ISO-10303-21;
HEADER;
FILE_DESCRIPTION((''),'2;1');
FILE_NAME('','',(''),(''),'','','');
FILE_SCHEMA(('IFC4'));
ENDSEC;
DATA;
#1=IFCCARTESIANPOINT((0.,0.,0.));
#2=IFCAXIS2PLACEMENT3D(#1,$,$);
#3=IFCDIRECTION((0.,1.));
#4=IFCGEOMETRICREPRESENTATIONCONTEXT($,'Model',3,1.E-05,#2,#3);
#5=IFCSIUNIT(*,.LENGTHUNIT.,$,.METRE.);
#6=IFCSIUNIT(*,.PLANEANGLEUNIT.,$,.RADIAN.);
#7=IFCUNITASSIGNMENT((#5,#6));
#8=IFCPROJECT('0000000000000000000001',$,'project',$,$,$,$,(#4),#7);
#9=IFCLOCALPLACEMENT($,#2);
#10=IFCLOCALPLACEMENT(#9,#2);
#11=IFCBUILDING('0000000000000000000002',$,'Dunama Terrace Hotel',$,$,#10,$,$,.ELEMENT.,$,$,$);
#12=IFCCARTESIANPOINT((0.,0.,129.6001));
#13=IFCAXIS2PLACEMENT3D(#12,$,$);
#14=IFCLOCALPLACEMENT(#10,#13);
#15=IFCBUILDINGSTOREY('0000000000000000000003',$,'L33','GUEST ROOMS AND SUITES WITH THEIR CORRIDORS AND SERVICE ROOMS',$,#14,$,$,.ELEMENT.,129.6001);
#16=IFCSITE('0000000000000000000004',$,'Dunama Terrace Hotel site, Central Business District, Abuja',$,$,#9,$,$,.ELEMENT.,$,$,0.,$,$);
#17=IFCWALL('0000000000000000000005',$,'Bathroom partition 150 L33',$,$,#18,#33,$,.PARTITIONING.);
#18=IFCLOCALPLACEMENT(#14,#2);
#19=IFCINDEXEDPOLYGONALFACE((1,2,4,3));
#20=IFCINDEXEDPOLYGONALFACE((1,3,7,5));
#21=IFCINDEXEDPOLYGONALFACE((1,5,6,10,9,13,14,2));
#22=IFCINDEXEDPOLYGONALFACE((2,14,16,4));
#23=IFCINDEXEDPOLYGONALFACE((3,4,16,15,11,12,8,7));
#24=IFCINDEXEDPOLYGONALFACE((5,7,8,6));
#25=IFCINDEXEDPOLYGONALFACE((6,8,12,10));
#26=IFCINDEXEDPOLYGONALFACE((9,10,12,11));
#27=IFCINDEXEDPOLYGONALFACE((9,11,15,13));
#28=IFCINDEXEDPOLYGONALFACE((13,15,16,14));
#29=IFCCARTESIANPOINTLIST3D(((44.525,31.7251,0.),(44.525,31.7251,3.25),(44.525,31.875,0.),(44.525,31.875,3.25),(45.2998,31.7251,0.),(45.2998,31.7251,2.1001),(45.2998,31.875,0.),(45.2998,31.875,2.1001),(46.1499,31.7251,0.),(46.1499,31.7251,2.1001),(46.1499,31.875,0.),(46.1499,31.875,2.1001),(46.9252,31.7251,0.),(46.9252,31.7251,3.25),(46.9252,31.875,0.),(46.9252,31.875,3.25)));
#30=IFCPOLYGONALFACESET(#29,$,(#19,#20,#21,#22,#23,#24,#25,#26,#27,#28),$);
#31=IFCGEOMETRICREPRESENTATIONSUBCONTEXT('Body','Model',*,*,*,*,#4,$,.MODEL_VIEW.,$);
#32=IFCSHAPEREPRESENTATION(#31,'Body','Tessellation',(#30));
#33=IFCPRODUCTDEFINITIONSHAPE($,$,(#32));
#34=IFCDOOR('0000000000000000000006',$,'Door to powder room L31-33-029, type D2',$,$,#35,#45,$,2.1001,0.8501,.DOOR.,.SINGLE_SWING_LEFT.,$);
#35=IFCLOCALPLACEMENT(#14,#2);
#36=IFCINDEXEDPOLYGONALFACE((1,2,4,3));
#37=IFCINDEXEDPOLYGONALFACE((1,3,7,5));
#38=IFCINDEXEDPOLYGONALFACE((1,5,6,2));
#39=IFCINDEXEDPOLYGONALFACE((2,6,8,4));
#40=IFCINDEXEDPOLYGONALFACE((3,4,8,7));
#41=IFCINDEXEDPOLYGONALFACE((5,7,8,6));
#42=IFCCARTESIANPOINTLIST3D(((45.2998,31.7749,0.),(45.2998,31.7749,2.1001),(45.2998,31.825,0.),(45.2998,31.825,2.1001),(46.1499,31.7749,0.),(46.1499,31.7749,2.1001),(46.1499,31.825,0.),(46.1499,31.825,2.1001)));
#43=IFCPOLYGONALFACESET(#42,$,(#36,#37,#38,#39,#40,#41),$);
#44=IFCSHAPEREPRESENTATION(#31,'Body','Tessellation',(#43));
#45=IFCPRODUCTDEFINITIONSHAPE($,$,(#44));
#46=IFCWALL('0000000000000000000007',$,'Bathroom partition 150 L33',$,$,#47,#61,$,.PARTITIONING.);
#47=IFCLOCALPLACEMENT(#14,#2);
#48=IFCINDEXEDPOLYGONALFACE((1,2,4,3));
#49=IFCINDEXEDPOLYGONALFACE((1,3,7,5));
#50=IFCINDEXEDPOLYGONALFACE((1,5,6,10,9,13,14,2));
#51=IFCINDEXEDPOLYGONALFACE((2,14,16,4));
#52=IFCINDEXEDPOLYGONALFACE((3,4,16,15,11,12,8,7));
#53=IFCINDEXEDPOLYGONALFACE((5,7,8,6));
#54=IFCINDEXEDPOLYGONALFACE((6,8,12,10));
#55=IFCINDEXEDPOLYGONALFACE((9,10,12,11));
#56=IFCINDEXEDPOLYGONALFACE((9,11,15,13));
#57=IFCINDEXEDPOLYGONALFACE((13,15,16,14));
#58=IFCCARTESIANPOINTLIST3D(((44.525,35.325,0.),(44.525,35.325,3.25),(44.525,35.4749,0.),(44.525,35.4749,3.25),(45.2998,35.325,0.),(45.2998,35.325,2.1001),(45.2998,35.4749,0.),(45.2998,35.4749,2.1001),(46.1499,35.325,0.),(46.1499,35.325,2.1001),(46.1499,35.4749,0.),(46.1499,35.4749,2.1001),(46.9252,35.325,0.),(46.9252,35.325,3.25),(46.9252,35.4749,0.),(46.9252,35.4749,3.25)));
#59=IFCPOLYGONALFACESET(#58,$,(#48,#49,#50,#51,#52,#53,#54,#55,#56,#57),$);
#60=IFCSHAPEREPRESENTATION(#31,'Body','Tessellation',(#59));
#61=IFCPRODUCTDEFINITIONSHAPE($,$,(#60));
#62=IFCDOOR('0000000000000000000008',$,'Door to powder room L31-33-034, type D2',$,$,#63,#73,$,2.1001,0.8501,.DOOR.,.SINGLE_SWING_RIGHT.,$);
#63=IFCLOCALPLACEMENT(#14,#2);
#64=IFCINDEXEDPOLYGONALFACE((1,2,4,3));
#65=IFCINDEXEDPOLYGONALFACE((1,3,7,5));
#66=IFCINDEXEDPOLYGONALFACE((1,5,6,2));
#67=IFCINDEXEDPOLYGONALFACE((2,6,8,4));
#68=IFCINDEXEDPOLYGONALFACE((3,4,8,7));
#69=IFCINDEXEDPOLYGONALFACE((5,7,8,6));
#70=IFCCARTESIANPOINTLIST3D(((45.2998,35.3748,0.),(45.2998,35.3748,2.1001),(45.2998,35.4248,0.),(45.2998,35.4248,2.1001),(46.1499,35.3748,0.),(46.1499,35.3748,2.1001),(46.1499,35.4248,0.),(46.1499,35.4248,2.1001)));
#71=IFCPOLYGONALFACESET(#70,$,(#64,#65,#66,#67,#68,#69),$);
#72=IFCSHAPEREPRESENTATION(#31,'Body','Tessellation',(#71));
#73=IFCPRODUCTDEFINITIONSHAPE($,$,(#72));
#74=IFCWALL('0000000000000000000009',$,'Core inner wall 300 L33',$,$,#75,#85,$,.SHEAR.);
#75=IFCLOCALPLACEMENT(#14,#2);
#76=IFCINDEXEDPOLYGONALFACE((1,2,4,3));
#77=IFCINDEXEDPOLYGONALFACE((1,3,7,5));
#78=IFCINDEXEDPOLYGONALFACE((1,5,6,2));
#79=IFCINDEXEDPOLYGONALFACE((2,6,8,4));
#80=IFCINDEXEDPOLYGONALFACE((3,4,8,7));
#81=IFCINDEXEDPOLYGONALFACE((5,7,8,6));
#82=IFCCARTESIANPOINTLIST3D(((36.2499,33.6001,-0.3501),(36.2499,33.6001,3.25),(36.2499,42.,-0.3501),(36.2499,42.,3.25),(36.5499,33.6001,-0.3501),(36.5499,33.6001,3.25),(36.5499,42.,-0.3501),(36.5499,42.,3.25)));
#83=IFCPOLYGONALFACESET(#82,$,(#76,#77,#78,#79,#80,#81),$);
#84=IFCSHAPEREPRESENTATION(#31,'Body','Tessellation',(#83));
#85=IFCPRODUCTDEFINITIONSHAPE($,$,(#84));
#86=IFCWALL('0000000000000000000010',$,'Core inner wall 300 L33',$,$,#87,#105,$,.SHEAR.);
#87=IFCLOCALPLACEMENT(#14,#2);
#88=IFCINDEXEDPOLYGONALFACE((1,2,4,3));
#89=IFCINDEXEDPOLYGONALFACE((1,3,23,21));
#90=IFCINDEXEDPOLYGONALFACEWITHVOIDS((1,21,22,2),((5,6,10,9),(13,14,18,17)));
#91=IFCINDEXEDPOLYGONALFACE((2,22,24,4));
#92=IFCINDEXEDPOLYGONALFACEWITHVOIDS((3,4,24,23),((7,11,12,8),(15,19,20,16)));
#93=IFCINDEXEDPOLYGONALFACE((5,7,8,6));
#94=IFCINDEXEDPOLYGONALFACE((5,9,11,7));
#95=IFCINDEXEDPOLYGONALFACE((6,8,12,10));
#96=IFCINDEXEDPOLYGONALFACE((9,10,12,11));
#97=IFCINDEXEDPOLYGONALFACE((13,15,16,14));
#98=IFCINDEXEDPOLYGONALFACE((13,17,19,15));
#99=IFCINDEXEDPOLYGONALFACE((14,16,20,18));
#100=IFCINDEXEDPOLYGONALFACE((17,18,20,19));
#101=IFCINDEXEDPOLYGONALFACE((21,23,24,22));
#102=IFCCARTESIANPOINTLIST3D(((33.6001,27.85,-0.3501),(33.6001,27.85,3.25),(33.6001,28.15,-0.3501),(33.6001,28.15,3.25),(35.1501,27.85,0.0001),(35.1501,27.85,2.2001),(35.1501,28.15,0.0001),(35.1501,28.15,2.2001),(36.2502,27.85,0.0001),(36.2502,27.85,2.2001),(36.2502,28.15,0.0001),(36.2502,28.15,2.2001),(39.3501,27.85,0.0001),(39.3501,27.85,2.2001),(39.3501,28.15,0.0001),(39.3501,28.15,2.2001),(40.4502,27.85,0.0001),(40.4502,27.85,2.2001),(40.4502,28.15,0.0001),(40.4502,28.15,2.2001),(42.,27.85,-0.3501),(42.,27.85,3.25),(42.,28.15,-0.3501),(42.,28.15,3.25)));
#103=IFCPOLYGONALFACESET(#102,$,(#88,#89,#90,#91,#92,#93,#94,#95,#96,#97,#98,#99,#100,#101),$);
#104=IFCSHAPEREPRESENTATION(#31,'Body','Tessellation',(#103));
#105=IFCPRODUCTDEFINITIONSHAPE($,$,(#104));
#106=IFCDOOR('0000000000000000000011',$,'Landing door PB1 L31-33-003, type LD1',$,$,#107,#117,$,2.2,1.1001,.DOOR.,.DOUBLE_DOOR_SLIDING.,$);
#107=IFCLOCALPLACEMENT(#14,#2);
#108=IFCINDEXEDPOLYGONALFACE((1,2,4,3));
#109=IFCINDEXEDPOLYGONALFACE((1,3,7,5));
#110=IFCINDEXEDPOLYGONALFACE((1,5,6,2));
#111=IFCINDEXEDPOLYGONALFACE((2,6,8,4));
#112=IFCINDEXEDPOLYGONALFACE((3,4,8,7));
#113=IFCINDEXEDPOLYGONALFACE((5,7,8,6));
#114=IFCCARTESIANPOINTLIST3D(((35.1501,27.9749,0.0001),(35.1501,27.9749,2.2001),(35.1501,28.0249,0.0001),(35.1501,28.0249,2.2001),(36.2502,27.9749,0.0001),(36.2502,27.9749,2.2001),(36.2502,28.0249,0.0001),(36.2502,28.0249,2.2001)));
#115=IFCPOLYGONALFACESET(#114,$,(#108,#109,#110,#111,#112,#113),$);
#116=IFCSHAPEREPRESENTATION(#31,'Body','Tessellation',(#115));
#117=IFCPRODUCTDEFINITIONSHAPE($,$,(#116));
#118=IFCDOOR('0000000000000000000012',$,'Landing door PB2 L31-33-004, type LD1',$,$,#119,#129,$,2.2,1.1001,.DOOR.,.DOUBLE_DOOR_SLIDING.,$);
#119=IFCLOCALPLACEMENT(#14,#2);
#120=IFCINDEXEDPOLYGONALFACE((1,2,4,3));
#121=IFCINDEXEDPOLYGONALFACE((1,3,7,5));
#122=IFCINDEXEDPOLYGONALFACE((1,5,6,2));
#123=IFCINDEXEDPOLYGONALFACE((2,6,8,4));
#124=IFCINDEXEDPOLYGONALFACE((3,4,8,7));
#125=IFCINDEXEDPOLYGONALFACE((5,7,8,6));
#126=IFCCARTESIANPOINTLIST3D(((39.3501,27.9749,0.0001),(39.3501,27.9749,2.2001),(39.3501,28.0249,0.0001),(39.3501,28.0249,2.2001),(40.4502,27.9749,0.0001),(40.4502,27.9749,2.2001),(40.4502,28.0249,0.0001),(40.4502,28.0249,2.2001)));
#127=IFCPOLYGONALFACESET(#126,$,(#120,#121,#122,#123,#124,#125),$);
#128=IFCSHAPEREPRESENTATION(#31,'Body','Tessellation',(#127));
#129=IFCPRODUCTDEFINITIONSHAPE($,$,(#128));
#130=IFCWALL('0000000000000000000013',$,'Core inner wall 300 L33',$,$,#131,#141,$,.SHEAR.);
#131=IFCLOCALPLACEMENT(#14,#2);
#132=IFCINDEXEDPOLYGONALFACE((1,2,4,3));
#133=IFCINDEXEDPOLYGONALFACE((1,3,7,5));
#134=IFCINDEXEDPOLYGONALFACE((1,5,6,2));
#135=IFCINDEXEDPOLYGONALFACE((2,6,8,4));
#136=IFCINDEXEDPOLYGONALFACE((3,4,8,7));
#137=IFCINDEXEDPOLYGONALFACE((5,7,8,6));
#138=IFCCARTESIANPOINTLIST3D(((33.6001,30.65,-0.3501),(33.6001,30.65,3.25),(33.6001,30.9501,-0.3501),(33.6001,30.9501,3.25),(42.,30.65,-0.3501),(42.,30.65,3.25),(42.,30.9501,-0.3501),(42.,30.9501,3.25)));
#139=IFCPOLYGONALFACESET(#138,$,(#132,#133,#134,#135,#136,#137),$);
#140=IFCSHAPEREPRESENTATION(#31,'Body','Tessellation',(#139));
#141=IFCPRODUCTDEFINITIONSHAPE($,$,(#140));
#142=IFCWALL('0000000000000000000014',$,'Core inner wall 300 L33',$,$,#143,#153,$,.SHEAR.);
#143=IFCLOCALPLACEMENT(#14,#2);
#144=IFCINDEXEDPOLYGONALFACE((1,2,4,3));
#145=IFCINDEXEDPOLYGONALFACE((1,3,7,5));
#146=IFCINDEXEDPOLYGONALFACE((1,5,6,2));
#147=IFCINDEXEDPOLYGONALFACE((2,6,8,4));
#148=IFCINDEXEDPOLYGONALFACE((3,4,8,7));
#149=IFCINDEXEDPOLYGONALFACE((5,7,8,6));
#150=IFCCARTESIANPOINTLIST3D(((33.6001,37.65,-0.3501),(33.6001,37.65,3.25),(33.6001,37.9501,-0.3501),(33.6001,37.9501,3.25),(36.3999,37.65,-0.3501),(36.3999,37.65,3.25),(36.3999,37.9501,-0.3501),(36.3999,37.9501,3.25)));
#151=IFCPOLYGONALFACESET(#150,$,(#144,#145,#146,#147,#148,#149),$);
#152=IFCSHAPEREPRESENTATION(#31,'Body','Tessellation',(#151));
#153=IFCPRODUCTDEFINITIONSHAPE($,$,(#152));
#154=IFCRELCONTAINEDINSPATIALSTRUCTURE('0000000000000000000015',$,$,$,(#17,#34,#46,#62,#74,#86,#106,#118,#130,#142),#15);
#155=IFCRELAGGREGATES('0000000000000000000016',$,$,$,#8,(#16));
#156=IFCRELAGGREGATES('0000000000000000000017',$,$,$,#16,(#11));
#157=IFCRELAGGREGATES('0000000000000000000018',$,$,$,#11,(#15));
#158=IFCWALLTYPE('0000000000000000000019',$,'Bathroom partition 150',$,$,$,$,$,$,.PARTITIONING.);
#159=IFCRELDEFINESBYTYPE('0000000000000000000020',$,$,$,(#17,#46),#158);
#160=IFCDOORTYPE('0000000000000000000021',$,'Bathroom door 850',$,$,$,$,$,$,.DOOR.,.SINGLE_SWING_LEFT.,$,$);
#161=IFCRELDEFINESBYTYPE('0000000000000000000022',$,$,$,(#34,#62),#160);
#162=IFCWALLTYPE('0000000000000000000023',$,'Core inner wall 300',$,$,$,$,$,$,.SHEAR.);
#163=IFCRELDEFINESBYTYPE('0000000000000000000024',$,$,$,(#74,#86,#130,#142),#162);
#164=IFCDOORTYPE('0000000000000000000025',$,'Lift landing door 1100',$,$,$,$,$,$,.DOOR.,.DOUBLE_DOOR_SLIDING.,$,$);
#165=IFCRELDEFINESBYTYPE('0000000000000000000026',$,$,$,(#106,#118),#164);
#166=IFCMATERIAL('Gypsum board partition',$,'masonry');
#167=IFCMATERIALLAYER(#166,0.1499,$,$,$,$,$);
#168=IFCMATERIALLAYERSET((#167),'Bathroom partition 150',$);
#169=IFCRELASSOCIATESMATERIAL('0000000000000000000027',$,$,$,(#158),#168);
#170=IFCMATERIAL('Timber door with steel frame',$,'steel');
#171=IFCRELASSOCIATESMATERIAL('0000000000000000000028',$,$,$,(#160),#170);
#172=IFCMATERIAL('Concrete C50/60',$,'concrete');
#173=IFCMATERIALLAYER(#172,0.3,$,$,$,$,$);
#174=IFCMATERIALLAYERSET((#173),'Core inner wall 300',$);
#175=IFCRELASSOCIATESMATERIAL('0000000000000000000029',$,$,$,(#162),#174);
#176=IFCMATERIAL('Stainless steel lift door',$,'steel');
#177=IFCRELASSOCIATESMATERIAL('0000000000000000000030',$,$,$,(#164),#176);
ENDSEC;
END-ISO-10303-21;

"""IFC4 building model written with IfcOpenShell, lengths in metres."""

from ifc_helpers import new_model, si_unit, direction, frame, frame_2d, origin, place, context, subcontext, project, spatial, rectangle, extrude, material, layer, layer_set, type_object, element, fill, save


model = new_model("IFC4")

# Units and contexts
model_context = context("Model", 3, precision=1e-05, world=origin(), true_north=direction((0.0, 1.0)))
body_context = subcontext(model_context, "Body", "Model", "MODEL_VIEW")
ifc_project = project(units=[si_unit("LENGTHUNIT", "METRE"), si_unit("PLANEANGLEUNIT", "RADIAN")], contexts=[model_context])

# Site, building, storey
site_placement = place(None, origin())
site = spatial("IfcSite", under=ifc_project, at=site_placement, Name="Dunama Terrace Hotel site, Central Business District, Abuja", CompositionType="ELEMENT", RefElevation=0.0)
building_placement = place(site_placement, origin())
building = spatial("IfcBuilding", under=site, at=building_placement, Name="Dunama Terrace Hotel", CompositionType="ELEMENT")
storey_placement = place(building_placement, frame((0.0, 0.0, 129.6001)))
storey = spatial("IfcBuildingStorey", under=building, at=storey_placement, Name="L33", Description="GUEST ROOMS AND SUITES WITH THEIR CORRIDORS AND SERVICE ROOMS", CompositionType="ELEMENT", Elevation=129.6001)

# Walls, openings, doors
ifc_material_1 = material(Name="Gypsum board partition", Category="masonry")
ifc_layer_1 = layer(ifc_material_1, 0.1499)
ifc_layer_set_1 = layer_set([ifc_layer_1], Name="Bathroom partition 150")
wall_type_1 = type_object("IfcWallType", Name="Bathroom partition 150", PredefinedType="PARTITIONING", material=ifc_layer_set_1)
wall_1_placement = place(storey_placement, frame((44.5249, 31.8, 0.0), z_axis=(0.0, 0.0, 1.0), x_axis=(1.0, 0.0, 0.0)))
wall_1 = element("IfcWall", 1, at=wall_1_placement, inside=storey, type_object=wall_type_1, Name="Bathroom partition 150 L33", PredefinedType="PARTITIONING", context=body_context, shape_type="SweptSolid", body=[
    extrude(rectangle(XDim=2.4001, YDim=0.1499, at=frame_2d((1.2002, 0.0))), origin(), (0.0, 0.0, 1.0), 3.25),
])
opening_1_placement = place(wall_1_placement, frame((0.7749, 0.0, 0.0)))
opening_1 = element("IfcOpeningElement", 2, at=opening_1_placement, cuts=wall_1, PredefinedType="OPENING", context=body_context, shape_type="SweptSolid", body=[
    extrude(rectangle(XDim=0.8501, YDim=2.1001, at=frame_2d((0.425, 1.05))), frame((0.0, 0.085, 0.0), z_axis=(0.0, -1.0, 0.0), x_axis=(1.0, 0.0, 0.0)), (0.0, 0.0, 1.0), 0.1699),
])
ifc_material_2 = material(Name="Timber door with steel frame", Category="steel")
door_type_1 = type_object("IfcDoorType", Name="Bathroom door 850", OperationType="SINGLE_SWING_LEFT", PredefinedType="DOOR", material=ifc_material_2)
door_1_placement = place(opening_1_placement, origin())
door_1 = element("IfcDoor", 3, at=door_1_placement, inside=storey, type_object=door_type_1, Name="Door to powder room L31-33-029, type D2", OperationType="SINGLE_SWING_LEFT", OverallHeight=2.1001, OverallWidth=0.8501, PredefinedType="DOOR", context=body_context, shape_type="SweptSolid", body=[
    extrude(rectangle(XDim=0.8501, YDim=2.1001, at=frame_2d((0.425, 1.05))), frame((0.0, 0.0249, 0.0), z_axis=(0.0, -1.0, 0.0), x_axis=(1.0, 0.0, 0.0)), (0.0, 0.0, 1.0), 0.05),
])
fill(opening_1, door_1)
wall_2_placement = place(storey_placement, frame((44.5249, 35.3999, 0.0), z_axis=(0.0, 0.0, 1.0), x_axis=(1.0, 0.0, 0.0)))
wall_2 = element("IfcWall", 4, at=wall_2_placement, inside=storey, type_object=wall_type_1, Name="Bathroom partition 150 L33", PredefinedType="PARTITIONING", context=body_context, shape_type="SweptSolid", body=[
    extrude(rectangle(XDim=2.4001, YDim=0.1499, at=frame_2d((1.2002, 0.0))), origin(), (0.0, 0.0, 1.0), 3.25),
])
opening_2_placement = place(wall_2_placement, frame((0.7749, 0.0, 0.0)))
opening_2 = element("IfcOpeningElement", 5, at=opening_2_placement, cuts=wall_2, PredefinedType="OPENING", context=body_context, shape_type="SweptSolid", body=[
    extrude(rectangle(XDim=0.8501, YDim=2.1001, at=frame_2d((0.425, 1.05))), frame((0.0, 0.085, 0.0), z_axis=(0.0, -1.0, 0.0), x_axis=(1.0, 0.0, 0.0)), (0.0, 0.0, 1.0), 0.1699),
])
door_2_placement = place(opening_2_placement, frame((0.8501, 0.0, 0.0), z_axis=(0.0, 0.0, 1.0), x_axis=(-1.0, 0.0, 0.0)))
door_2 = element("IfcDoor", 6, at=door_2_placement, inside=storey, type_object=door_type_1, Name="Door to powder room L31-33-034, type D2", OperationType="SINGLE_SWING_RIGHT", OverallHeight=2.1001, OverallWidth=0.8501, PredefinedType="DOOR", context=body_context, shape_type="SweptSolid", body=[
    extrude(rectangle(XDim=0.8501, YDim=2.1001, at=frame_2d((0.425, 1.05))), frame((0.0, 0.0251, 0.0), z_axis=(0.0, -1.0, 0.0), x_axis=(1.0, 0.0, 0.0)), (0.0, 0.0, 1.0), 0.05),
])
fill(opening_2, door_2)

# Wall
ifc_material_3 = material(Name="Concrete C50/60", Category="concrete")
ifc_layer_2 = layer(ifc_material_3, 0.3)
ifc_layer_set_2 = layer_set([ifc_layer_2], Name="Core inner wall 300")
wall_type_2 = type_object("IfcWallType", Name="Core inner wall 300", PredefinedType="SHEAR", material=ifc_layer_set_2)
wall_3_placement = place(storey_placement, frame((36.3999, 33.6001, -0.3501), z_axis=(0.0, 0.0, 1.0), x_axis=(0.0, 1.0, 0.0)))
element("IfcWall", 7, at=wall_3_placement, inside=storey, type_object=wall_type_2, Name="Core inner wall 300 L33", PredefinedType="SHEAR", context=body_context, shape_type="SweptSolid", body=[
    extrude(rectangle(XDim=8.3999, YDim=0.3, at=frame_2d((4.2, 0.0))), origin(), (0.0, 0.0, 1.0), 3.6001),
])

# Wall, openings, doors
wall_4_placement = place(storey_placement, frame((33.6001, 28.0, -0.3501), z_axis=(0.0, 0.0, 1.0), x_axis=(1.0, 0.0, 0.0)))
wall_4 = element("IfcWall", 8, at=wall_4_placement, inside=storey, type_object=wall_type_2, Name="Core inner wall 300 L33", PredefinedType="SHEAR", context=body_context, shape_type="SweptSolid", body=[
    extrude(rectangle(XDim=8.3999, YDim=0.3, at=frame_2d((4.2, 0.0))), origin(), (0.0, 0.0, 1.0), 3.6001),
])
opening_3_placement = place(wall_4_placement, frame((1.55, 0.0, 0.3501)))
opening_3 = element("IfcOpeningElement", 9, at=opening_3_placement, cuts=wall_4, PredefinedType="OPENING", context=body_context, shape_type="SweptSolid", body=[
    extrude(rectangle(XDim=1.1001, YDim=2.2, at=frame_2d((0.55, 1.1001))), frame((0.0, 0.1599, 0.0), z_axis=(0.0, -1.0, 0.0), x_axis=(1.0, 0.0, 0.0)), (0.0, 0.0, 1.0), 0.3201),
])
opening_4_placement = place(wall_4_placement, frame((5.75, 0.0, 0.3501)))
opening_4 = element("IfcOpeningElement", 10, at=opening_4_placement, cuts=wall_4, PredefinedType="OPENING", context=body_context, shape_type="SweptSolid", body=[
    extrude(rectangle(XDim=1.1001, YDim=2.2, at=frame_2d((0.55, 1.1001))), frame((0.0, 0.1599, 0.0), z_axis=(0.0, -1.0, 0.0), x_axis=(1.0, 0.0, 0.0)), (0.0, 0.0, 1.0), 0.3201),
])
ifc_material_4 = material(Name="Stainless steel lift door", Category="steel")
door_type_2 = type_object("IfcDoorType", Name="Lift landing door 1100", OperationType="DOUBLE_DOOR_SLIDING", PredefinedType="DOOR", material=ifc_material_4)
door_3_placement = place(opening_3_placement, origin())
door_3 = element("IfcDoor", 11, at=door_3_placement, inside=storey, type_object=door_type_2, Name="Landing door PB1 L31-33-003, type LD1", OperationType="DOUBLE_DOOR_SLIDING", OverallHeight=2.2, OverallWidth=1.1001, PredefinedType="DOOR", context=body_context, shape_type="SweptSolid", body=[
    extrude(rectangle(XDim=1.1001, YDim=2.2, at=frame_2d((0.55, 1.1001))), frame((0.0, 0.0249, 0.0), z_axis=(0.0, -1.0, 0.0), x_axis=(1.0, 0.0, 0.0)), (0.0, 0.0, 1.0), 0.05),
])
fill(opening_3, door_3)
door_4_placement = place(opening_4_placement, origin())
door_4 = element("IfcDoor", 12, at=door_4_placement, inside=storey, type_object=door_type_2, Name="Landing door PB2 L31-33-004, type LD1", OperationType="DOUBLE_DOOR_SLIDING", OverallHeight=2.2, OverallWidth=1.1001, PredefinedType="DOOR", context=body_context, shape_type="SweptSolid", body=[
    extrude(rectangle(XDim=1.1001, YDim=2.2, at=frame_2d((0.55, 1.1001))), frame((0.0, 0.0249, 0.0), z_axis=(0.0, -1.0, 0.0), x_axis=(1.0, 0.0, 0.0)), (0.0, 0.0, 1.0), 0.05),
])
fill(opening_4, door_4)

# Walls
wall_5_placement = place(storey_placement, frame((33.6001, 30.8, -0.3501), z_axis=(0.0, 0.0, 1.0), x_axis=(1.0, 0.0, 0.0)))
element("IfcWall", 13, at=wall_5_placement, inside=storey, type_object=wall_type_2, Name="Core inner wall 300 L33", PredefinedType="SHEAR", context=body_context, shape_type="SweptSolid", body=[
    extrude(rectangle(XDim=8.3999, YDim=0.3, at=frame_2d((4.2, 0.0))), origin(), (0.0, 0.0, 1.0), 3.6001),
])
wall_6_placement = place(storey_placement, frame((33.6001, 37.8, -0.3501), z_axis=(0.0, 0.0, 1.0), x_axis=(1.0, 0.0, 0.0)))
element("IfcWall", 14, at=wall_6_placement, inside=storey, type_object=wall_type_2, Name="Core inner wall 300 L33", PredefinedType="SHEAR", context=body_context, shape_type="SweptSolid", body=[
    extrude(rectangle(XDim=2.7998, YDim=0.3, at=frame_2d((1.3999, 0.0))), origin(), (0.0, 0.0, 1.0), 3.6001),
])

save(model, "model.ifc")
